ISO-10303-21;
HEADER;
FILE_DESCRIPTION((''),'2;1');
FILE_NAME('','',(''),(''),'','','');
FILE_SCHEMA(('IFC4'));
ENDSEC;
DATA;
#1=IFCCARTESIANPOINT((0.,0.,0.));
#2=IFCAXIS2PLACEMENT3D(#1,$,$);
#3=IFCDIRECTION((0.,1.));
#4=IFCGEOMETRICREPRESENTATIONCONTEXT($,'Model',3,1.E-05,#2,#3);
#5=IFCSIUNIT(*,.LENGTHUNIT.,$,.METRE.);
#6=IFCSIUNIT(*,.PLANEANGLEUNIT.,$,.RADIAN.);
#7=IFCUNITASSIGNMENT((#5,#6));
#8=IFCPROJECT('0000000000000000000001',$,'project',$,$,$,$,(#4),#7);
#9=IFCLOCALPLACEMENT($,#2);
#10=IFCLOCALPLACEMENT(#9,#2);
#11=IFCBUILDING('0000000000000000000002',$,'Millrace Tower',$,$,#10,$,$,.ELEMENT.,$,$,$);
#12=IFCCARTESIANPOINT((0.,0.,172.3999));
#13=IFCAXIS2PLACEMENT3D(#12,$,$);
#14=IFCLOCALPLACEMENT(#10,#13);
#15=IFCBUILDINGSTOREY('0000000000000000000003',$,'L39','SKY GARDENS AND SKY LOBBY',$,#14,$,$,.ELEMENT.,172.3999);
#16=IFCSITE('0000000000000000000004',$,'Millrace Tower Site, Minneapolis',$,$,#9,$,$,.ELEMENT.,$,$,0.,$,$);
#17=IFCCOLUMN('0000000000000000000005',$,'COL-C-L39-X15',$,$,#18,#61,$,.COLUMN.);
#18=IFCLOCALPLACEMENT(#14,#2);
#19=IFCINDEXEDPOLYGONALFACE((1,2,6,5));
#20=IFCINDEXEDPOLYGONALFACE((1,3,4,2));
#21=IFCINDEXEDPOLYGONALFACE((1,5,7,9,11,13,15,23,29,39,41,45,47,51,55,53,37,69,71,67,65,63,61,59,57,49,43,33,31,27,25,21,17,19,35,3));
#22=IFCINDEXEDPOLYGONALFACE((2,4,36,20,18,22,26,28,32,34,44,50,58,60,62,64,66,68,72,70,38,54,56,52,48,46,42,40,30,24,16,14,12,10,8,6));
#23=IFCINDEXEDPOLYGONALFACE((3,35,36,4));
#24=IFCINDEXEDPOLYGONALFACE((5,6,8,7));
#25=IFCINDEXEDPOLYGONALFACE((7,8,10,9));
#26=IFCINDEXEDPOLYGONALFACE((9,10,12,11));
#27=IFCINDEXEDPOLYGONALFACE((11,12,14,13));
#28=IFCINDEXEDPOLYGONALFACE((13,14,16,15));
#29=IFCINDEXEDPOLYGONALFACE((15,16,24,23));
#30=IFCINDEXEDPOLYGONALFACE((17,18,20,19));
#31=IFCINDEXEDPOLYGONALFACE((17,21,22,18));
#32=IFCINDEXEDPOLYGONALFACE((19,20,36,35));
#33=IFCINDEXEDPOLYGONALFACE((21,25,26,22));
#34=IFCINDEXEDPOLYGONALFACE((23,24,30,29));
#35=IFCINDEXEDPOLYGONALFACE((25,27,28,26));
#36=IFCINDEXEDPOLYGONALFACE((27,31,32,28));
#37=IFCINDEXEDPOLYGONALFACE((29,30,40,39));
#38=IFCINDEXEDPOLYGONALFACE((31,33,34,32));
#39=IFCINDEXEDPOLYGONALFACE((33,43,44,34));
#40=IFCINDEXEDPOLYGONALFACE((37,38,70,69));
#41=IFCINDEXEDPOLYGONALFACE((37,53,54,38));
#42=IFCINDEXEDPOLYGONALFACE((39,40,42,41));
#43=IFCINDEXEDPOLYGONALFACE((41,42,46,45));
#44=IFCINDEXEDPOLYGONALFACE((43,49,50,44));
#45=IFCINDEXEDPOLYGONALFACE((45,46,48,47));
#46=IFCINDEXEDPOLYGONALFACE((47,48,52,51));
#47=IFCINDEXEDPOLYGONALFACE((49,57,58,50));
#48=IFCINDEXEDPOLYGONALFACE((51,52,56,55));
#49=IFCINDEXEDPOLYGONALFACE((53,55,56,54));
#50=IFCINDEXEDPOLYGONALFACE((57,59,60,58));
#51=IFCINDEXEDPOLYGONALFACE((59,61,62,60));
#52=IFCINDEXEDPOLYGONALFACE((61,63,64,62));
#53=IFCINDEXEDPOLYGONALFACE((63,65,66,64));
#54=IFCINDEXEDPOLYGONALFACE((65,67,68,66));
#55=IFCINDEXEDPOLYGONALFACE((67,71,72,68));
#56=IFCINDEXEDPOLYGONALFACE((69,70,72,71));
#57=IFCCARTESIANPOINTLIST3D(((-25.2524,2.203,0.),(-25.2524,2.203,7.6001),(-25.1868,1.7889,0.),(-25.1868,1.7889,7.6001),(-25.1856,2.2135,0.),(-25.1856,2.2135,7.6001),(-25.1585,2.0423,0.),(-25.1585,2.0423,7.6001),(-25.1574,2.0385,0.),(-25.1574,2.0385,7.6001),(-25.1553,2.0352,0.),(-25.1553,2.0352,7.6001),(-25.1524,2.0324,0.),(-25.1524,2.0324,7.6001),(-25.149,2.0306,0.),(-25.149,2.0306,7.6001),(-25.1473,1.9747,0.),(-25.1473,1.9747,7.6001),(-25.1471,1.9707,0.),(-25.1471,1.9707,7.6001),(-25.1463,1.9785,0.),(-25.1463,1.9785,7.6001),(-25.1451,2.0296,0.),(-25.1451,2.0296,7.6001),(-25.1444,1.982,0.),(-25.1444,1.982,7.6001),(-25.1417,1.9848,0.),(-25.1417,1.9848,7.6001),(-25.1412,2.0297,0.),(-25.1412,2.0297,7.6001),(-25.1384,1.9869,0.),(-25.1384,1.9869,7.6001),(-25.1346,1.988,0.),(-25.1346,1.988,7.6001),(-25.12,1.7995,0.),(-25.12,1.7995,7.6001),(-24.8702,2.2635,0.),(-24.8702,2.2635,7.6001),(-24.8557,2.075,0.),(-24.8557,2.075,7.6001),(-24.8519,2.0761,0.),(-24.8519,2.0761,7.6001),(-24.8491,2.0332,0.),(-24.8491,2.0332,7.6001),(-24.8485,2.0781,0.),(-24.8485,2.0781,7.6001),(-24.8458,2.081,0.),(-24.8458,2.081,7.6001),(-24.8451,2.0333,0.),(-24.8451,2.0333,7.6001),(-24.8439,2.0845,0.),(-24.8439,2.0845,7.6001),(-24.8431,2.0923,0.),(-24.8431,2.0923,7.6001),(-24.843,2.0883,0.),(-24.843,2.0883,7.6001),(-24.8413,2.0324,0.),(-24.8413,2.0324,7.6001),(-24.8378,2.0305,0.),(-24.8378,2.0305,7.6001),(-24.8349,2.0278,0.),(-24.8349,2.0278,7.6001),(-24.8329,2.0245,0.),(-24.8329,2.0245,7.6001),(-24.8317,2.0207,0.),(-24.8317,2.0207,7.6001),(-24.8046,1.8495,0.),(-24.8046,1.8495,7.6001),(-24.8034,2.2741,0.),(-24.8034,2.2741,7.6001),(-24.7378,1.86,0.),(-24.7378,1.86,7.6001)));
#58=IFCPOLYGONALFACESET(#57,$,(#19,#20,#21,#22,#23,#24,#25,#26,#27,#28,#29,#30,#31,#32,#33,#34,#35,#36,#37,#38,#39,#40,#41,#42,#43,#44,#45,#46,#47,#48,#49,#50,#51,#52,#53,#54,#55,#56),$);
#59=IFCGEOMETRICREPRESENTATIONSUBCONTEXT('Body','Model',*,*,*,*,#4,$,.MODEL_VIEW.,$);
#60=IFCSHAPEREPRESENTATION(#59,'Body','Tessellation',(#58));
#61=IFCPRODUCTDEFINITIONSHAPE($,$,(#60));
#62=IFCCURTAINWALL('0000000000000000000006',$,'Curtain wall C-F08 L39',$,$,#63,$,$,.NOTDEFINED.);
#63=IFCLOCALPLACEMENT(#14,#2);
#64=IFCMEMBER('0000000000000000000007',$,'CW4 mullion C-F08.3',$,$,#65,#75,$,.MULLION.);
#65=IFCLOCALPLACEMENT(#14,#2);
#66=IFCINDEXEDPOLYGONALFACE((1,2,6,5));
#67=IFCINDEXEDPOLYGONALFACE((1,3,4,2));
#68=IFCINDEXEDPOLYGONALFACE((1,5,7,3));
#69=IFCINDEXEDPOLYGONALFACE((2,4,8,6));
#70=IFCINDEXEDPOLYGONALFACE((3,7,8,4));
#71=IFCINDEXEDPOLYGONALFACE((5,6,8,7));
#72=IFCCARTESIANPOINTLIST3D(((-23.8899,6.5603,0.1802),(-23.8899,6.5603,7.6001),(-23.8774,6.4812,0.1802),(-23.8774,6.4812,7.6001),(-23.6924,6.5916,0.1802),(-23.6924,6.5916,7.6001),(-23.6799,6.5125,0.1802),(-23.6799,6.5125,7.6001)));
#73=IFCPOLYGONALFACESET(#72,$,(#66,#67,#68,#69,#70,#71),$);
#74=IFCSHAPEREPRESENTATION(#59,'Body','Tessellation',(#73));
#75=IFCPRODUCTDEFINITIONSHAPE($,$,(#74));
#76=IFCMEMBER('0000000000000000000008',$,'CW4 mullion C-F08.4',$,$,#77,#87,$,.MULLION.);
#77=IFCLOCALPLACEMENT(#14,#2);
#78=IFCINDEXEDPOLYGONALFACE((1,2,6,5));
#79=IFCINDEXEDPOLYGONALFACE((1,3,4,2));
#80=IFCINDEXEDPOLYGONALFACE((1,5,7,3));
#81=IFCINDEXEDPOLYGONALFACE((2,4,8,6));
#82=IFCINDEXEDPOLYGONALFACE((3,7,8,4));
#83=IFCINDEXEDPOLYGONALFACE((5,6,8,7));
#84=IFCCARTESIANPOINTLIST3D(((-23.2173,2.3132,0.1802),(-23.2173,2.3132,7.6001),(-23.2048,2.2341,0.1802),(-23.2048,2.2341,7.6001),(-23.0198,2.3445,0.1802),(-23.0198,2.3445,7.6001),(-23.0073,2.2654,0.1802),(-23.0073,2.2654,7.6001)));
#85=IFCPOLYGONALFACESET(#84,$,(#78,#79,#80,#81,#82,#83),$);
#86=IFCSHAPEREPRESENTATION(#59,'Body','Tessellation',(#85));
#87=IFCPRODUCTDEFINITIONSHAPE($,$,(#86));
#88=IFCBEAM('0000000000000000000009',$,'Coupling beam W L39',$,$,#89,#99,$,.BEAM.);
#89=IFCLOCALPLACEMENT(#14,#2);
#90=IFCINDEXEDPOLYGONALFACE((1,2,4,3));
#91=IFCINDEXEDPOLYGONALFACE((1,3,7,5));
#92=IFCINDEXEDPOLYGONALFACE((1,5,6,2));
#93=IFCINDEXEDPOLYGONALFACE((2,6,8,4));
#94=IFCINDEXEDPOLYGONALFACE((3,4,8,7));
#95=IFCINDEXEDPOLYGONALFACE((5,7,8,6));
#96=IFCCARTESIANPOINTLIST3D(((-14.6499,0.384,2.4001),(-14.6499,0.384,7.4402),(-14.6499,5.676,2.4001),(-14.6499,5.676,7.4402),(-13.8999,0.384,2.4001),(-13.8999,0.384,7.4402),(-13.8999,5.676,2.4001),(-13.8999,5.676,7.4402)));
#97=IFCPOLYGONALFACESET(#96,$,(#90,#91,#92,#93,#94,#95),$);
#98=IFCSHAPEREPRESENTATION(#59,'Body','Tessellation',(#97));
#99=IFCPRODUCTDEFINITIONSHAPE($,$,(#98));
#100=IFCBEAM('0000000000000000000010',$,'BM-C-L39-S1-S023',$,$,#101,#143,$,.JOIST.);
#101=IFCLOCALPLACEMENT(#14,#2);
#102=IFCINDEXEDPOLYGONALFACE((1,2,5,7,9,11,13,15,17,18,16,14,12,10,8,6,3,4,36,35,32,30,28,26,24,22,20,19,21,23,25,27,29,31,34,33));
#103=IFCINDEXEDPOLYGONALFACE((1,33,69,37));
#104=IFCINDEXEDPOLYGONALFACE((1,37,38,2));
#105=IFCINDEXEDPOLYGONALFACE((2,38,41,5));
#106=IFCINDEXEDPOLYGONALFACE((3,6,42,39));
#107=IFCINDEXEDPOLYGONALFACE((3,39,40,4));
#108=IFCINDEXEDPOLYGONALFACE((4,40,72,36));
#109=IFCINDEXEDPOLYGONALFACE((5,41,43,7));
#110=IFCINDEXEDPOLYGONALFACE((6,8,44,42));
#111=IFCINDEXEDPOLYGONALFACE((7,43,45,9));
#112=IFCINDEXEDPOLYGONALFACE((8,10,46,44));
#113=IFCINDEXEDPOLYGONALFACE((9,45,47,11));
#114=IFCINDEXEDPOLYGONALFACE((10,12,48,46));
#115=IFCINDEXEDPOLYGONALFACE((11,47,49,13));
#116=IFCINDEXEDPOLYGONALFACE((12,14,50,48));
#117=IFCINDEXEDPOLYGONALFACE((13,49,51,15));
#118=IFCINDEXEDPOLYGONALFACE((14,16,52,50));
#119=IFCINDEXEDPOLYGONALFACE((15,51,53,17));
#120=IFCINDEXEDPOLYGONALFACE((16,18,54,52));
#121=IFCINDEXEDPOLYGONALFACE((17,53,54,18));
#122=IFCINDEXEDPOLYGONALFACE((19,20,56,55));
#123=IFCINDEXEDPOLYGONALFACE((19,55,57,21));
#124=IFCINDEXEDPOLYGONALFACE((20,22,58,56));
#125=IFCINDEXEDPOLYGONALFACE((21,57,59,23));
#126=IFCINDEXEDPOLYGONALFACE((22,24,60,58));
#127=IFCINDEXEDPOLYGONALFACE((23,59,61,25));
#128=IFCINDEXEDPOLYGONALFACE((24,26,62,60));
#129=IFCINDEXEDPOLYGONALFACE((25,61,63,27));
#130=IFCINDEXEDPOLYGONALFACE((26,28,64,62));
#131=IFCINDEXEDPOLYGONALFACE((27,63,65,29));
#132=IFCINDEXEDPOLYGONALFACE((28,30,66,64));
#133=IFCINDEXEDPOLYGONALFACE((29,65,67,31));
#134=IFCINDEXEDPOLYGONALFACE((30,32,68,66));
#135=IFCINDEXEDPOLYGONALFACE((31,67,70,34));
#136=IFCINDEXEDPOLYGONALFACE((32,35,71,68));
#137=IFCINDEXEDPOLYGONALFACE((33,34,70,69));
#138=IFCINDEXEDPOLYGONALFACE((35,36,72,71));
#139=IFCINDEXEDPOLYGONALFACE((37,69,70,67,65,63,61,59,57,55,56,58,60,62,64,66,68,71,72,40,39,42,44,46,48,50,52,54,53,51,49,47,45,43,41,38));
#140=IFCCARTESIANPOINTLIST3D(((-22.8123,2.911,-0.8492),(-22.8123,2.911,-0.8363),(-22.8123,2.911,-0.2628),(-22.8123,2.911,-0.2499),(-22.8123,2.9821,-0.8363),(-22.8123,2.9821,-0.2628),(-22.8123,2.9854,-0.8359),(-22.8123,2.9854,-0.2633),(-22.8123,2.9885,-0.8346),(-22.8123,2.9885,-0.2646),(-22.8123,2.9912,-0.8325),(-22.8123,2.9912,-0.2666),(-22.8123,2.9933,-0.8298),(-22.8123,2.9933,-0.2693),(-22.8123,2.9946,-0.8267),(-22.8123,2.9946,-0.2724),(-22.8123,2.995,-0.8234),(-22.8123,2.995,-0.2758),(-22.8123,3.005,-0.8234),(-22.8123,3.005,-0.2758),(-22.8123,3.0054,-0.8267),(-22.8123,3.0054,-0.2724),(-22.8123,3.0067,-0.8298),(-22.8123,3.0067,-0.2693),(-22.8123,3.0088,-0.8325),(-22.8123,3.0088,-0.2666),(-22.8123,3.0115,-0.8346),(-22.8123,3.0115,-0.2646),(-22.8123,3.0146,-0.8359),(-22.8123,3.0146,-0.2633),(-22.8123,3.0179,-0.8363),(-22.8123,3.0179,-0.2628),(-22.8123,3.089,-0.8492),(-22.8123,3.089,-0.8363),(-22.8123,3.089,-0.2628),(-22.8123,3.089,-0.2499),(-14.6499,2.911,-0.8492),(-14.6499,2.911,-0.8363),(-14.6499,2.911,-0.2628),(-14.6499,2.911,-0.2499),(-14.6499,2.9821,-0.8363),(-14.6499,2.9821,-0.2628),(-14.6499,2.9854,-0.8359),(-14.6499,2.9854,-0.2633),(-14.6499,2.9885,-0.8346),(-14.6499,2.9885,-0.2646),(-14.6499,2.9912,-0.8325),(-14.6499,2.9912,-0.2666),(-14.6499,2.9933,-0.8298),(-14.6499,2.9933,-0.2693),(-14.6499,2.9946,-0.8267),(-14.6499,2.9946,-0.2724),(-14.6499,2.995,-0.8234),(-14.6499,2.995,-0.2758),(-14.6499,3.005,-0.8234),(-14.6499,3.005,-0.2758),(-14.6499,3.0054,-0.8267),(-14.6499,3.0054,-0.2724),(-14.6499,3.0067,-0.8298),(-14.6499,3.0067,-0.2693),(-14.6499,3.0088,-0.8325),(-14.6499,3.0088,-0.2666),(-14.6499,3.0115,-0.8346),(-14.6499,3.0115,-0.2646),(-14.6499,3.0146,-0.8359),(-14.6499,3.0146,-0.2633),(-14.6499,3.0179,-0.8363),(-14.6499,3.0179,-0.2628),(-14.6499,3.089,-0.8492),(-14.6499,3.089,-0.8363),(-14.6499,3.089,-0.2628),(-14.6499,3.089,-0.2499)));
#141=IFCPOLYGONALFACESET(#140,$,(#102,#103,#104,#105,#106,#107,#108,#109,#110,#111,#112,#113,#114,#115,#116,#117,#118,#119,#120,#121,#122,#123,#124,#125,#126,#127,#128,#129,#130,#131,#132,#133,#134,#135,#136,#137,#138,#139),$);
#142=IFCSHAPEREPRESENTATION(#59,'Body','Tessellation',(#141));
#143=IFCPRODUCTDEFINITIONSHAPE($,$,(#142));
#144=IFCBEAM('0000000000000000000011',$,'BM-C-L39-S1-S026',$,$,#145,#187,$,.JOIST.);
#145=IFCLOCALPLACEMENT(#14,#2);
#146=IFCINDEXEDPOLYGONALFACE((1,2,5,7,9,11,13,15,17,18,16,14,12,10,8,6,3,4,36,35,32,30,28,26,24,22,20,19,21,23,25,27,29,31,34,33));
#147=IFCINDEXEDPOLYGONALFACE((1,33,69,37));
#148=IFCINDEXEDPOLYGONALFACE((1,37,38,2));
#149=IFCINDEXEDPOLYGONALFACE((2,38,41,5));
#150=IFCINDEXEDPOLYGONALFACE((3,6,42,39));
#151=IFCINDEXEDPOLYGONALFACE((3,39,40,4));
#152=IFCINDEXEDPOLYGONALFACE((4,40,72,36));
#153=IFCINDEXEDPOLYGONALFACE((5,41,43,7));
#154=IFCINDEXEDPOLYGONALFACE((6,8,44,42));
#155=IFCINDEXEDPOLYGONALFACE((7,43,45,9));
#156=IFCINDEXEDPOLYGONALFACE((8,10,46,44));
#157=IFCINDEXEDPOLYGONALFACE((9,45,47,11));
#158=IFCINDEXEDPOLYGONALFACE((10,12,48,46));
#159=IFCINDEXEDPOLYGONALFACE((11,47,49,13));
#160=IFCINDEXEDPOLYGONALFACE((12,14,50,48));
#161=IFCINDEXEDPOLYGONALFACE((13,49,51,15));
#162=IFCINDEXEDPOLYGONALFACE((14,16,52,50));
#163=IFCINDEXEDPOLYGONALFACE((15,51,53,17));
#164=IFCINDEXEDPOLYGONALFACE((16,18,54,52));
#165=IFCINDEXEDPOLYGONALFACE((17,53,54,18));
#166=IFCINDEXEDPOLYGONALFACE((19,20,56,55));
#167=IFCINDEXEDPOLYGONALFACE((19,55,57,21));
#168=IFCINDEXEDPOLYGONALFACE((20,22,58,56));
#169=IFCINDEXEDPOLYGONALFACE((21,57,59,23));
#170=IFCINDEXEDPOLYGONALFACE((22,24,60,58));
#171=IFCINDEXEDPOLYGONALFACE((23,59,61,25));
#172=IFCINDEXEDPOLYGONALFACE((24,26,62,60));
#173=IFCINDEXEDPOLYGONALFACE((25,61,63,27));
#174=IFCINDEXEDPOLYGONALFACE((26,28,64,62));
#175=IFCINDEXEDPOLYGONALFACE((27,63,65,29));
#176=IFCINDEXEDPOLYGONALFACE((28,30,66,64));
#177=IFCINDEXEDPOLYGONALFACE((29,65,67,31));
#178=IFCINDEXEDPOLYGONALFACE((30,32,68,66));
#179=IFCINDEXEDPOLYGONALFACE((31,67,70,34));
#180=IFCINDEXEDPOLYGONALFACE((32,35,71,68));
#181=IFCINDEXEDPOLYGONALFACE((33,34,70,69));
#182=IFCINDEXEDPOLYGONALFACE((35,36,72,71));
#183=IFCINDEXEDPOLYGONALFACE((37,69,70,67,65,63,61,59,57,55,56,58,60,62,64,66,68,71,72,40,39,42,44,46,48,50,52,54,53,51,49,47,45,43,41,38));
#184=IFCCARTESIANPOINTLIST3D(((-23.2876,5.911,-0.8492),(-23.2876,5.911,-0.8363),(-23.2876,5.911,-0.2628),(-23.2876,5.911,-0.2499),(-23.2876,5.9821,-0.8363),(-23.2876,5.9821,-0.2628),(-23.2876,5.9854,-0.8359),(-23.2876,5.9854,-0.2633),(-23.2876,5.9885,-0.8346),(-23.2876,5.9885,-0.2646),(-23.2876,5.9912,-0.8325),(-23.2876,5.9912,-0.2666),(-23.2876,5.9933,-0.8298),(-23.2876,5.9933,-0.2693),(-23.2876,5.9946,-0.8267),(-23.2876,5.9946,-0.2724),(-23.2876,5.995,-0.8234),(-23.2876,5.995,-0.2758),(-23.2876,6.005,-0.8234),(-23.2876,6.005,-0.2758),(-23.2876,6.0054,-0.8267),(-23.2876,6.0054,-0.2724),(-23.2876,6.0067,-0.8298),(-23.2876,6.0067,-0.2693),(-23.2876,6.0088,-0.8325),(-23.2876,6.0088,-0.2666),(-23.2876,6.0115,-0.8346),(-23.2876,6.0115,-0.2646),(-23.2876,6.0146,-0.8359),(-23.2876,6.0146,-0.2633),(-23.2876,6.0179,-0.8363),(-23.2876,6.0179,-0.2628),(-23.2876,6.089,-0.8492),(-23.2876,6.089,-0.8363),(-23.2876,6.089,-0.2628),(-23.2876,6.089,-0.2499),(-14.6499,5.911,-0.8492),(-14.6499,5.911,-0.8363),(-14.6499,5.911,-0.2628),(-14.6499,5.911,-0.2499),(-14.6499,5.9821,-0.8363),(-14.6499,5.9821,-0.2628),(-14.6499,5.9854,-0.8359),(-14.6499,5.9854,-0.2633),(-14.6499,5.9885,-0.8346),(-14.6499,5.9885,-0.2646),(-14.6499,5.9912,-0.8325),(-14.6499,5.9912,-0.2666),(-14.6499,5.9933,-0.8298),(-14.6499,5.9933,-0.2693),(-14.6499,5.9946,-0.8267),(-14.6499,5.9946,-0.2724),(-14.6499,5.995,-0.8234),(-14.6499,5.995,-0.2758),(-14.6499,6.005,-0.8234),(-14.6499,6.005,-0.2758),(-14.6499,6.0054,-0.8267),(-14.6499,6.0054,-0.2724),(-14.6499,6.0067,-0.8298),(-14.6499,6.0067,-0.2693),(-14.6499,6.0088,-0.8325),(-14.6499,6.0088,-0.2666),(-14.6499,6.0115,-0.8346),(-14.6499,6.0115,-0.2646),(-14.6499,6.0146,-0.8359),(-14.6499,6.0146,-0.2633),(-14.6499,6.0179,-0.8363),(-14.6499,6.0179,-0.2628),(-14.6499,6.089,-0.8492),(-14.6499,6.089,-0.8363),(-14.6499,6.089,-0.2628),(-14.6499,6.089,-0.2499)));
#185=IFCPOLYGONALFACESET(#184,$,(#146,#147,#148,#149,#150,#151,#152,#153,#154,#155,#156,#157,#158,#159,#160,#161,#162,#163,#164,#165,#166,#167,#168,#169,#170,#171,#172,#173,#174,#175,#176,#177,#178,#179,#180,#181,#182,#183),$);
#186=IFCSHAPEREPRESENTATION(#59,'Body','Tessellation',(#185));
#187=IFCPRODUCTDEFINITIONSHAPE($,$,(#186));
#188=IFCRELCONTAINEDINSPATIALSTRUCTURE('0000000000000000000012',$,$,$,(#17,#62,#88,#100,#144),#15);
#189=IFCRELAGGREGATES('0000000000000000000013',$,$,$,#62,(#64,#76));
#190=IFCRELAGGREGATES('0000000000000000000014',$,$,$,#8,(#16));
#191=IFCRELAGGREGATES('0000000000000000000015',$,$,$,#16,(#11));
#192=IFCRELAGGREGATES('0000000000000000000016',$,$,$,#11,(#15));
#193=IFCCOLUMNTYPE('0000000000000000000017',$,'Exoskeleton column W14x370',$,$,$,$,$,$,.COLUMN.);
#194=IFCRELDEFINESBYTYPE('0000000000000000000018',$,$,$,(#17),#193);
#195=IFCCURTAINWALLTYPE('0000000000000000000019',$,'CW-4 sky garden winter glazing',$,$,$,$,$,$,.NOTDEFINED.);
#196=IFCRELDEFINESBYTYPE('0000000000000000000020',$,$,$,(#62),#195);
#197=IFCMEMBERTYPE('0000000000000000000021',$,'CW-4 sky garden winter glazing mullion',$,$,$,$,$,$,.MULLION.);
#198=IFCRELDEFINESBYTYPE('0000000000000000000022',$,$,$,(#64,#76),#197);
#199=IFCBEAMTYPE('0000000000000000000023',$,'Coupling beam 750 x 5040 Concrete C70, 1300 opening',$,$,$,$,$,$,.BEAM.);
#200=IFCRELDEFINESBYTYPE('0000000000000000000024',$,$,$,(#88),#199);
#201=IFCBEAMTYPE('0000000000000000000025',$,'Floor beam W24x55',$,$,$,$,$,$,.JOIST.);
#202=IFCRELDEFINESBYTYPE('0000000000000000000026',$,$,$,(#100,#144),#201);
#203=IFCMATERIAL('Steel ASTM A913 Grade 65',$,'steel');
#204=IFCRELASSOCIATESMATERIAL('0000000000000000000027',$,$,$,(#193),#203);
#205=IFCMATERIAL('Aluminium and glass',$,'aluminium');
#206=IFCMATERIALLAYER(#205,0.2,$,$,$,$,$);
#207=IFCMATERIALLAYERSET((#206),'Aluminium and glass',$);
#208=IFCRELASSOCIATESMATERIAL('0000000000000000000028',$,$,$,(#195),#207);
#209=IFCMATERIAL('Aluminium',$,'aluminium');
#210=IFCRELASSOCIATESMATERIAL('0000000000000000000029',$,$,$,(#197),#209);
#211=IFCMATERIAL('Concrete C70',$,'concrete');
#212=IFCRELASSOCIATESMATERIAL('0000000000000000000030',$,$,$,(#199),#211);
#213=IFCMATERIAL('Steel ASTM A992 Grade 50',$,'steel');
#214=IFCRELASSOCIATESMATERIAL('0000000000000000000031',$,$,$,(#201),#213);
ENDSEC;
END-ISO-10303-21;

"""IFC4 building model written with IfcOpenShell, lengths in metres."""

from ifc_helpers import new_model, si_unit, direction, frame, origin, origin_2d, place, context, subcontext, project, spatial, rectangle, i_section, extrude, material, layer, layer_set, material_profile, profile_set, type_object, element, aggregate, save


model = new_model("IFC4")

# Units and contexts
model_context = context("Model", 3, precision=1e-05, world=origin(), true_north=direction((0.0, 1.0)))
body_context = subcontext(model_context, "Body", "Model", "MODEL_VIEW")
ifc_project = project(units=[si_unit("LENGTHUNIT", "METRE"), si_unit("PLANEANGLEUNIT", "RADIAN")], contexts=[model_context])

# Site, building, storey
site_placement = place(None, origin())
site = spatial("IfcSite", under=ifc_project, at=site_placement, Name="Millrace Tower Site, Minneapolis", CompositionType="ELEMENT", RefElevation=0.0)
building_placement = place(site_placement, origin())
building = spatial("IfcBuilding", under=site, at=building_placement, Name="Millrace Tower", CompositionType="ELEMENT")
storey_placement = place(building_placement, frame((0.0, 0.0, 172.3999)))
storey = spatial("IfcBuildingStorey", under=building, at=storey_placement, Name="L39", Description="SKY GARDENS AND SKY LOBBY", CompositionType="ELEMENT", Elevation=172.3999)

# Column
ifc_material_1 = material(Name="Steel ASTM A913 Grade 65", Category="steel")
ifc_material_profile_1 = material_profile(ifc_material_1, i_section(OverallWidth=0.4192, OverallDepth=0.4546, WebThickness=0.0422, FlangeThickness=0.0676, FilletRadius=0.0151, at=origin_2d()))
ifc_profile_set_1 = profile_set([ifc_material_profile_1], Name="Steel ASTM A913 Grade 65")
column_type = type_object("IfcColumnType", Name="Exoskeleton column W14x370", PredefinedType="COLUMN", material=ifc_profile_set_1)
column_placement = place(storey_placement, frame((-24.9951, 2.0315, 0.0), z_axis=(0.0, 0.0, 1.0), x_axis=(0.156434, -0.987688, 0.0)))
element("IfcColumn", 1, at=column_placement, inside=storey, type_object=column_type, Name="COL-C-L39-X15", PredefinedType="COLUMN", context=body_context, shape_type="SweptSolid", body=[
    extrude(i_section(OverallWidth=0.4192, OverallDepth=0.4546, WebThickness=0.0422, FlangeThickness=0.0676, FilletRadius=0.0151, at=origin_2d()), origin(), (0.0, 0.0, 1.0), 7.6001),
])

# Curtain wall, members
ifc_material_2 = material(Name="Aluminium and glass", Category="aluminium")
ifc_layer_1 = layer(ifc_material_2, 0.2)
ifc_layer_set_1 = layer_set([ifc_layer_1], Name="Aluminium and glass")
curtain_wall_type = type_object("IfcCurtainWallType", Name="CW-4 sky garden winter glazing", PredefinedType="NOTDEFINED", material=ifc_layer_set_1)
placement = place(storey_placement, origin())
curtain_wall = element("IfcCurtainWall", 2, at=placement, inside=storey, type_object=curtain_wall_type, Name="Curtain wall C-F08 L39", PredefinedType="NOTDEFINED")
ifc_material_3 = material(Name="Aluminium", Category="aluminium")
ifc_material_profile_2 = material_profile(ifc_material_3, rectangle(XDim=0.0801, YDim=0.2, at=origin_2d()))
ifc_profile_set_2 = profile_set([ifc_material_profile_2], Name="Aluminium")
member_type = type_object("IfcMemberType", Name="CW-4 sky garden winter glazing mullion", PredefinedType="MULLION", material=ifc_profile_set_2)
member_1_placement = place(storey_placement, frame((-23.7849, 6.5364, 0.1802), z_axis=(0.0, 0.0, 1.0), x_axis=(0.156434, -0.987688, 0.0)))
member_1 = element("IfcMember", 3, at=member_1_placement, type_object=member_type, Name="CW4 mullion C-F08.3", PredefinedType="MULLION", context=body_context, shape_type="SweptSolid", body=[
    extrude(rectangle(XDim=0.0801, YDim=0.2, at=origin_2d()), origin(), (0.0, 0.0, 1.0), 7.4199),
])
member_2_placement = place(storey_placement, frame((-23.1123, 2.2893, 0.1802), z_axis=(0.0, 0.0, 1.0), x_axis=(0.156434, -0.987688, 0.0)))
member_2 = element("IfcMember", 4, at=member_2_placement, type_object=member_type, Name="CW4 mullion C-F08.4", PredefinedType="MULLION", context=body_context, shape_type="SweptSolid", body=[
    extrude(rectangle(XDim=0.0801, YDim=0.2, at=origin_2d()), origin(), (0.0, 0.0, 1.0), 7.4199),
])
aggregate(curtain_wall, [member_1, member_2])

# Beams
ifc_material_4 = material(Name="Concrete C70", Category="concrete")
ifc_material_profile_3 = material_profile(ifc_material_4, rectangle(XDim=0.75, YDim=5.04, at=origin_2d()))
ifc_profile_set_3 = profile_set([ifc_material_profile_3], Name="Concrete C70")
beam_type_1 = type_object("IfcBeamType", Name="Coupling beam 750 x 5040 Concrete C70, 1300 opening", PredefinedType="BEAM", material=ifc_profile_set_3)
beam_1_placement = place(storey_placement, frame((-14.2749, 0.384, 4.9202), z_axis=(0.0, 1.0, 0.0), x_axis=(-1.0, 0.0, 0.0)))
element("IfcBeam", 5, at=beam_1_placement, inside=storey, type_object=beam_type_1, Name="Coupling beam W L39", PredefinedType="BEAM", context=body_context, shape_type="SweptSolid", body=[
    extrude(rectangle(XDim=0.75, YDim=5.04, at=origin_2d()), origin(), (0.0, 0.0, 1.0), 5.292),
])
ifc_material_5 = material(Name="Steel ASTM A992 Grade 50", Category="steel")
ifc_material_profile_4 = material_profile(ifc_material_5, i_section(OverallWidth=0.178, OverallDepth=0.5994, WebThickness=0.01, FlangeThickness=0.0129, FilletRadius=0.0129, at=origin_2d()))
ifc_profile_set_4 = profile_set([ifc_material_profile_4], Name="Steel ASTM A992 Grade 50")
beam_type_2 = type_object("IfcBeamType", Name="Floor beam W24x55", PredefinedType="JOIST", material=ifc_profile_set_4)
beam_2_placement = place(storey_placement, frame((-22.8123, 3.0, -0.5496), z_axis=(1.0, 0.0, 0.0), x_axis=(0.0, 1.0, 0.0)))
element("IfcBeam", 6, at=beam_2_placement, inside=storey, type_object=beam_type_2, Name="BM-C-L39-S1-S023", PredefinedType="JOIST", context=body_context, shape_type="SweptSolid", body=[
    extrude(i_section(OverallWidth=0.178, OverallDepth=0.5994, WebThickness=0.01, FlangeThickness=0.0129, FilletRadius=0.0129, at=origin_2d()), origin(), (0.0, 0.0, 1.0), 8.1624),
])
beam_3_placement = place(storey_placement, frame((-23.2876, 6.0, -0.5496), z_axis=(1.0, 0.0, 0.0), x_axis=(0.0, 1.0, 0.0)))
element("IfcBeam", 7, at=beam_3_placement, inside=storey, type_object=beam_type_2, Name="BM-C-L39-S1-S026", PredefinedType="JOIST", context=body_context, shape_type="SweptSolid", body=[
    extrude(i_section(OverallWidth=0.178, OverallDepth=0.5994, WebThickness=0.01, FlangeThickness=0.0129, FilletRadius=0.0129, at=origin_2d()), origin(), (0.0, 0.0, 1.0), 8.6377),
])

save(model, "model.ifc")
